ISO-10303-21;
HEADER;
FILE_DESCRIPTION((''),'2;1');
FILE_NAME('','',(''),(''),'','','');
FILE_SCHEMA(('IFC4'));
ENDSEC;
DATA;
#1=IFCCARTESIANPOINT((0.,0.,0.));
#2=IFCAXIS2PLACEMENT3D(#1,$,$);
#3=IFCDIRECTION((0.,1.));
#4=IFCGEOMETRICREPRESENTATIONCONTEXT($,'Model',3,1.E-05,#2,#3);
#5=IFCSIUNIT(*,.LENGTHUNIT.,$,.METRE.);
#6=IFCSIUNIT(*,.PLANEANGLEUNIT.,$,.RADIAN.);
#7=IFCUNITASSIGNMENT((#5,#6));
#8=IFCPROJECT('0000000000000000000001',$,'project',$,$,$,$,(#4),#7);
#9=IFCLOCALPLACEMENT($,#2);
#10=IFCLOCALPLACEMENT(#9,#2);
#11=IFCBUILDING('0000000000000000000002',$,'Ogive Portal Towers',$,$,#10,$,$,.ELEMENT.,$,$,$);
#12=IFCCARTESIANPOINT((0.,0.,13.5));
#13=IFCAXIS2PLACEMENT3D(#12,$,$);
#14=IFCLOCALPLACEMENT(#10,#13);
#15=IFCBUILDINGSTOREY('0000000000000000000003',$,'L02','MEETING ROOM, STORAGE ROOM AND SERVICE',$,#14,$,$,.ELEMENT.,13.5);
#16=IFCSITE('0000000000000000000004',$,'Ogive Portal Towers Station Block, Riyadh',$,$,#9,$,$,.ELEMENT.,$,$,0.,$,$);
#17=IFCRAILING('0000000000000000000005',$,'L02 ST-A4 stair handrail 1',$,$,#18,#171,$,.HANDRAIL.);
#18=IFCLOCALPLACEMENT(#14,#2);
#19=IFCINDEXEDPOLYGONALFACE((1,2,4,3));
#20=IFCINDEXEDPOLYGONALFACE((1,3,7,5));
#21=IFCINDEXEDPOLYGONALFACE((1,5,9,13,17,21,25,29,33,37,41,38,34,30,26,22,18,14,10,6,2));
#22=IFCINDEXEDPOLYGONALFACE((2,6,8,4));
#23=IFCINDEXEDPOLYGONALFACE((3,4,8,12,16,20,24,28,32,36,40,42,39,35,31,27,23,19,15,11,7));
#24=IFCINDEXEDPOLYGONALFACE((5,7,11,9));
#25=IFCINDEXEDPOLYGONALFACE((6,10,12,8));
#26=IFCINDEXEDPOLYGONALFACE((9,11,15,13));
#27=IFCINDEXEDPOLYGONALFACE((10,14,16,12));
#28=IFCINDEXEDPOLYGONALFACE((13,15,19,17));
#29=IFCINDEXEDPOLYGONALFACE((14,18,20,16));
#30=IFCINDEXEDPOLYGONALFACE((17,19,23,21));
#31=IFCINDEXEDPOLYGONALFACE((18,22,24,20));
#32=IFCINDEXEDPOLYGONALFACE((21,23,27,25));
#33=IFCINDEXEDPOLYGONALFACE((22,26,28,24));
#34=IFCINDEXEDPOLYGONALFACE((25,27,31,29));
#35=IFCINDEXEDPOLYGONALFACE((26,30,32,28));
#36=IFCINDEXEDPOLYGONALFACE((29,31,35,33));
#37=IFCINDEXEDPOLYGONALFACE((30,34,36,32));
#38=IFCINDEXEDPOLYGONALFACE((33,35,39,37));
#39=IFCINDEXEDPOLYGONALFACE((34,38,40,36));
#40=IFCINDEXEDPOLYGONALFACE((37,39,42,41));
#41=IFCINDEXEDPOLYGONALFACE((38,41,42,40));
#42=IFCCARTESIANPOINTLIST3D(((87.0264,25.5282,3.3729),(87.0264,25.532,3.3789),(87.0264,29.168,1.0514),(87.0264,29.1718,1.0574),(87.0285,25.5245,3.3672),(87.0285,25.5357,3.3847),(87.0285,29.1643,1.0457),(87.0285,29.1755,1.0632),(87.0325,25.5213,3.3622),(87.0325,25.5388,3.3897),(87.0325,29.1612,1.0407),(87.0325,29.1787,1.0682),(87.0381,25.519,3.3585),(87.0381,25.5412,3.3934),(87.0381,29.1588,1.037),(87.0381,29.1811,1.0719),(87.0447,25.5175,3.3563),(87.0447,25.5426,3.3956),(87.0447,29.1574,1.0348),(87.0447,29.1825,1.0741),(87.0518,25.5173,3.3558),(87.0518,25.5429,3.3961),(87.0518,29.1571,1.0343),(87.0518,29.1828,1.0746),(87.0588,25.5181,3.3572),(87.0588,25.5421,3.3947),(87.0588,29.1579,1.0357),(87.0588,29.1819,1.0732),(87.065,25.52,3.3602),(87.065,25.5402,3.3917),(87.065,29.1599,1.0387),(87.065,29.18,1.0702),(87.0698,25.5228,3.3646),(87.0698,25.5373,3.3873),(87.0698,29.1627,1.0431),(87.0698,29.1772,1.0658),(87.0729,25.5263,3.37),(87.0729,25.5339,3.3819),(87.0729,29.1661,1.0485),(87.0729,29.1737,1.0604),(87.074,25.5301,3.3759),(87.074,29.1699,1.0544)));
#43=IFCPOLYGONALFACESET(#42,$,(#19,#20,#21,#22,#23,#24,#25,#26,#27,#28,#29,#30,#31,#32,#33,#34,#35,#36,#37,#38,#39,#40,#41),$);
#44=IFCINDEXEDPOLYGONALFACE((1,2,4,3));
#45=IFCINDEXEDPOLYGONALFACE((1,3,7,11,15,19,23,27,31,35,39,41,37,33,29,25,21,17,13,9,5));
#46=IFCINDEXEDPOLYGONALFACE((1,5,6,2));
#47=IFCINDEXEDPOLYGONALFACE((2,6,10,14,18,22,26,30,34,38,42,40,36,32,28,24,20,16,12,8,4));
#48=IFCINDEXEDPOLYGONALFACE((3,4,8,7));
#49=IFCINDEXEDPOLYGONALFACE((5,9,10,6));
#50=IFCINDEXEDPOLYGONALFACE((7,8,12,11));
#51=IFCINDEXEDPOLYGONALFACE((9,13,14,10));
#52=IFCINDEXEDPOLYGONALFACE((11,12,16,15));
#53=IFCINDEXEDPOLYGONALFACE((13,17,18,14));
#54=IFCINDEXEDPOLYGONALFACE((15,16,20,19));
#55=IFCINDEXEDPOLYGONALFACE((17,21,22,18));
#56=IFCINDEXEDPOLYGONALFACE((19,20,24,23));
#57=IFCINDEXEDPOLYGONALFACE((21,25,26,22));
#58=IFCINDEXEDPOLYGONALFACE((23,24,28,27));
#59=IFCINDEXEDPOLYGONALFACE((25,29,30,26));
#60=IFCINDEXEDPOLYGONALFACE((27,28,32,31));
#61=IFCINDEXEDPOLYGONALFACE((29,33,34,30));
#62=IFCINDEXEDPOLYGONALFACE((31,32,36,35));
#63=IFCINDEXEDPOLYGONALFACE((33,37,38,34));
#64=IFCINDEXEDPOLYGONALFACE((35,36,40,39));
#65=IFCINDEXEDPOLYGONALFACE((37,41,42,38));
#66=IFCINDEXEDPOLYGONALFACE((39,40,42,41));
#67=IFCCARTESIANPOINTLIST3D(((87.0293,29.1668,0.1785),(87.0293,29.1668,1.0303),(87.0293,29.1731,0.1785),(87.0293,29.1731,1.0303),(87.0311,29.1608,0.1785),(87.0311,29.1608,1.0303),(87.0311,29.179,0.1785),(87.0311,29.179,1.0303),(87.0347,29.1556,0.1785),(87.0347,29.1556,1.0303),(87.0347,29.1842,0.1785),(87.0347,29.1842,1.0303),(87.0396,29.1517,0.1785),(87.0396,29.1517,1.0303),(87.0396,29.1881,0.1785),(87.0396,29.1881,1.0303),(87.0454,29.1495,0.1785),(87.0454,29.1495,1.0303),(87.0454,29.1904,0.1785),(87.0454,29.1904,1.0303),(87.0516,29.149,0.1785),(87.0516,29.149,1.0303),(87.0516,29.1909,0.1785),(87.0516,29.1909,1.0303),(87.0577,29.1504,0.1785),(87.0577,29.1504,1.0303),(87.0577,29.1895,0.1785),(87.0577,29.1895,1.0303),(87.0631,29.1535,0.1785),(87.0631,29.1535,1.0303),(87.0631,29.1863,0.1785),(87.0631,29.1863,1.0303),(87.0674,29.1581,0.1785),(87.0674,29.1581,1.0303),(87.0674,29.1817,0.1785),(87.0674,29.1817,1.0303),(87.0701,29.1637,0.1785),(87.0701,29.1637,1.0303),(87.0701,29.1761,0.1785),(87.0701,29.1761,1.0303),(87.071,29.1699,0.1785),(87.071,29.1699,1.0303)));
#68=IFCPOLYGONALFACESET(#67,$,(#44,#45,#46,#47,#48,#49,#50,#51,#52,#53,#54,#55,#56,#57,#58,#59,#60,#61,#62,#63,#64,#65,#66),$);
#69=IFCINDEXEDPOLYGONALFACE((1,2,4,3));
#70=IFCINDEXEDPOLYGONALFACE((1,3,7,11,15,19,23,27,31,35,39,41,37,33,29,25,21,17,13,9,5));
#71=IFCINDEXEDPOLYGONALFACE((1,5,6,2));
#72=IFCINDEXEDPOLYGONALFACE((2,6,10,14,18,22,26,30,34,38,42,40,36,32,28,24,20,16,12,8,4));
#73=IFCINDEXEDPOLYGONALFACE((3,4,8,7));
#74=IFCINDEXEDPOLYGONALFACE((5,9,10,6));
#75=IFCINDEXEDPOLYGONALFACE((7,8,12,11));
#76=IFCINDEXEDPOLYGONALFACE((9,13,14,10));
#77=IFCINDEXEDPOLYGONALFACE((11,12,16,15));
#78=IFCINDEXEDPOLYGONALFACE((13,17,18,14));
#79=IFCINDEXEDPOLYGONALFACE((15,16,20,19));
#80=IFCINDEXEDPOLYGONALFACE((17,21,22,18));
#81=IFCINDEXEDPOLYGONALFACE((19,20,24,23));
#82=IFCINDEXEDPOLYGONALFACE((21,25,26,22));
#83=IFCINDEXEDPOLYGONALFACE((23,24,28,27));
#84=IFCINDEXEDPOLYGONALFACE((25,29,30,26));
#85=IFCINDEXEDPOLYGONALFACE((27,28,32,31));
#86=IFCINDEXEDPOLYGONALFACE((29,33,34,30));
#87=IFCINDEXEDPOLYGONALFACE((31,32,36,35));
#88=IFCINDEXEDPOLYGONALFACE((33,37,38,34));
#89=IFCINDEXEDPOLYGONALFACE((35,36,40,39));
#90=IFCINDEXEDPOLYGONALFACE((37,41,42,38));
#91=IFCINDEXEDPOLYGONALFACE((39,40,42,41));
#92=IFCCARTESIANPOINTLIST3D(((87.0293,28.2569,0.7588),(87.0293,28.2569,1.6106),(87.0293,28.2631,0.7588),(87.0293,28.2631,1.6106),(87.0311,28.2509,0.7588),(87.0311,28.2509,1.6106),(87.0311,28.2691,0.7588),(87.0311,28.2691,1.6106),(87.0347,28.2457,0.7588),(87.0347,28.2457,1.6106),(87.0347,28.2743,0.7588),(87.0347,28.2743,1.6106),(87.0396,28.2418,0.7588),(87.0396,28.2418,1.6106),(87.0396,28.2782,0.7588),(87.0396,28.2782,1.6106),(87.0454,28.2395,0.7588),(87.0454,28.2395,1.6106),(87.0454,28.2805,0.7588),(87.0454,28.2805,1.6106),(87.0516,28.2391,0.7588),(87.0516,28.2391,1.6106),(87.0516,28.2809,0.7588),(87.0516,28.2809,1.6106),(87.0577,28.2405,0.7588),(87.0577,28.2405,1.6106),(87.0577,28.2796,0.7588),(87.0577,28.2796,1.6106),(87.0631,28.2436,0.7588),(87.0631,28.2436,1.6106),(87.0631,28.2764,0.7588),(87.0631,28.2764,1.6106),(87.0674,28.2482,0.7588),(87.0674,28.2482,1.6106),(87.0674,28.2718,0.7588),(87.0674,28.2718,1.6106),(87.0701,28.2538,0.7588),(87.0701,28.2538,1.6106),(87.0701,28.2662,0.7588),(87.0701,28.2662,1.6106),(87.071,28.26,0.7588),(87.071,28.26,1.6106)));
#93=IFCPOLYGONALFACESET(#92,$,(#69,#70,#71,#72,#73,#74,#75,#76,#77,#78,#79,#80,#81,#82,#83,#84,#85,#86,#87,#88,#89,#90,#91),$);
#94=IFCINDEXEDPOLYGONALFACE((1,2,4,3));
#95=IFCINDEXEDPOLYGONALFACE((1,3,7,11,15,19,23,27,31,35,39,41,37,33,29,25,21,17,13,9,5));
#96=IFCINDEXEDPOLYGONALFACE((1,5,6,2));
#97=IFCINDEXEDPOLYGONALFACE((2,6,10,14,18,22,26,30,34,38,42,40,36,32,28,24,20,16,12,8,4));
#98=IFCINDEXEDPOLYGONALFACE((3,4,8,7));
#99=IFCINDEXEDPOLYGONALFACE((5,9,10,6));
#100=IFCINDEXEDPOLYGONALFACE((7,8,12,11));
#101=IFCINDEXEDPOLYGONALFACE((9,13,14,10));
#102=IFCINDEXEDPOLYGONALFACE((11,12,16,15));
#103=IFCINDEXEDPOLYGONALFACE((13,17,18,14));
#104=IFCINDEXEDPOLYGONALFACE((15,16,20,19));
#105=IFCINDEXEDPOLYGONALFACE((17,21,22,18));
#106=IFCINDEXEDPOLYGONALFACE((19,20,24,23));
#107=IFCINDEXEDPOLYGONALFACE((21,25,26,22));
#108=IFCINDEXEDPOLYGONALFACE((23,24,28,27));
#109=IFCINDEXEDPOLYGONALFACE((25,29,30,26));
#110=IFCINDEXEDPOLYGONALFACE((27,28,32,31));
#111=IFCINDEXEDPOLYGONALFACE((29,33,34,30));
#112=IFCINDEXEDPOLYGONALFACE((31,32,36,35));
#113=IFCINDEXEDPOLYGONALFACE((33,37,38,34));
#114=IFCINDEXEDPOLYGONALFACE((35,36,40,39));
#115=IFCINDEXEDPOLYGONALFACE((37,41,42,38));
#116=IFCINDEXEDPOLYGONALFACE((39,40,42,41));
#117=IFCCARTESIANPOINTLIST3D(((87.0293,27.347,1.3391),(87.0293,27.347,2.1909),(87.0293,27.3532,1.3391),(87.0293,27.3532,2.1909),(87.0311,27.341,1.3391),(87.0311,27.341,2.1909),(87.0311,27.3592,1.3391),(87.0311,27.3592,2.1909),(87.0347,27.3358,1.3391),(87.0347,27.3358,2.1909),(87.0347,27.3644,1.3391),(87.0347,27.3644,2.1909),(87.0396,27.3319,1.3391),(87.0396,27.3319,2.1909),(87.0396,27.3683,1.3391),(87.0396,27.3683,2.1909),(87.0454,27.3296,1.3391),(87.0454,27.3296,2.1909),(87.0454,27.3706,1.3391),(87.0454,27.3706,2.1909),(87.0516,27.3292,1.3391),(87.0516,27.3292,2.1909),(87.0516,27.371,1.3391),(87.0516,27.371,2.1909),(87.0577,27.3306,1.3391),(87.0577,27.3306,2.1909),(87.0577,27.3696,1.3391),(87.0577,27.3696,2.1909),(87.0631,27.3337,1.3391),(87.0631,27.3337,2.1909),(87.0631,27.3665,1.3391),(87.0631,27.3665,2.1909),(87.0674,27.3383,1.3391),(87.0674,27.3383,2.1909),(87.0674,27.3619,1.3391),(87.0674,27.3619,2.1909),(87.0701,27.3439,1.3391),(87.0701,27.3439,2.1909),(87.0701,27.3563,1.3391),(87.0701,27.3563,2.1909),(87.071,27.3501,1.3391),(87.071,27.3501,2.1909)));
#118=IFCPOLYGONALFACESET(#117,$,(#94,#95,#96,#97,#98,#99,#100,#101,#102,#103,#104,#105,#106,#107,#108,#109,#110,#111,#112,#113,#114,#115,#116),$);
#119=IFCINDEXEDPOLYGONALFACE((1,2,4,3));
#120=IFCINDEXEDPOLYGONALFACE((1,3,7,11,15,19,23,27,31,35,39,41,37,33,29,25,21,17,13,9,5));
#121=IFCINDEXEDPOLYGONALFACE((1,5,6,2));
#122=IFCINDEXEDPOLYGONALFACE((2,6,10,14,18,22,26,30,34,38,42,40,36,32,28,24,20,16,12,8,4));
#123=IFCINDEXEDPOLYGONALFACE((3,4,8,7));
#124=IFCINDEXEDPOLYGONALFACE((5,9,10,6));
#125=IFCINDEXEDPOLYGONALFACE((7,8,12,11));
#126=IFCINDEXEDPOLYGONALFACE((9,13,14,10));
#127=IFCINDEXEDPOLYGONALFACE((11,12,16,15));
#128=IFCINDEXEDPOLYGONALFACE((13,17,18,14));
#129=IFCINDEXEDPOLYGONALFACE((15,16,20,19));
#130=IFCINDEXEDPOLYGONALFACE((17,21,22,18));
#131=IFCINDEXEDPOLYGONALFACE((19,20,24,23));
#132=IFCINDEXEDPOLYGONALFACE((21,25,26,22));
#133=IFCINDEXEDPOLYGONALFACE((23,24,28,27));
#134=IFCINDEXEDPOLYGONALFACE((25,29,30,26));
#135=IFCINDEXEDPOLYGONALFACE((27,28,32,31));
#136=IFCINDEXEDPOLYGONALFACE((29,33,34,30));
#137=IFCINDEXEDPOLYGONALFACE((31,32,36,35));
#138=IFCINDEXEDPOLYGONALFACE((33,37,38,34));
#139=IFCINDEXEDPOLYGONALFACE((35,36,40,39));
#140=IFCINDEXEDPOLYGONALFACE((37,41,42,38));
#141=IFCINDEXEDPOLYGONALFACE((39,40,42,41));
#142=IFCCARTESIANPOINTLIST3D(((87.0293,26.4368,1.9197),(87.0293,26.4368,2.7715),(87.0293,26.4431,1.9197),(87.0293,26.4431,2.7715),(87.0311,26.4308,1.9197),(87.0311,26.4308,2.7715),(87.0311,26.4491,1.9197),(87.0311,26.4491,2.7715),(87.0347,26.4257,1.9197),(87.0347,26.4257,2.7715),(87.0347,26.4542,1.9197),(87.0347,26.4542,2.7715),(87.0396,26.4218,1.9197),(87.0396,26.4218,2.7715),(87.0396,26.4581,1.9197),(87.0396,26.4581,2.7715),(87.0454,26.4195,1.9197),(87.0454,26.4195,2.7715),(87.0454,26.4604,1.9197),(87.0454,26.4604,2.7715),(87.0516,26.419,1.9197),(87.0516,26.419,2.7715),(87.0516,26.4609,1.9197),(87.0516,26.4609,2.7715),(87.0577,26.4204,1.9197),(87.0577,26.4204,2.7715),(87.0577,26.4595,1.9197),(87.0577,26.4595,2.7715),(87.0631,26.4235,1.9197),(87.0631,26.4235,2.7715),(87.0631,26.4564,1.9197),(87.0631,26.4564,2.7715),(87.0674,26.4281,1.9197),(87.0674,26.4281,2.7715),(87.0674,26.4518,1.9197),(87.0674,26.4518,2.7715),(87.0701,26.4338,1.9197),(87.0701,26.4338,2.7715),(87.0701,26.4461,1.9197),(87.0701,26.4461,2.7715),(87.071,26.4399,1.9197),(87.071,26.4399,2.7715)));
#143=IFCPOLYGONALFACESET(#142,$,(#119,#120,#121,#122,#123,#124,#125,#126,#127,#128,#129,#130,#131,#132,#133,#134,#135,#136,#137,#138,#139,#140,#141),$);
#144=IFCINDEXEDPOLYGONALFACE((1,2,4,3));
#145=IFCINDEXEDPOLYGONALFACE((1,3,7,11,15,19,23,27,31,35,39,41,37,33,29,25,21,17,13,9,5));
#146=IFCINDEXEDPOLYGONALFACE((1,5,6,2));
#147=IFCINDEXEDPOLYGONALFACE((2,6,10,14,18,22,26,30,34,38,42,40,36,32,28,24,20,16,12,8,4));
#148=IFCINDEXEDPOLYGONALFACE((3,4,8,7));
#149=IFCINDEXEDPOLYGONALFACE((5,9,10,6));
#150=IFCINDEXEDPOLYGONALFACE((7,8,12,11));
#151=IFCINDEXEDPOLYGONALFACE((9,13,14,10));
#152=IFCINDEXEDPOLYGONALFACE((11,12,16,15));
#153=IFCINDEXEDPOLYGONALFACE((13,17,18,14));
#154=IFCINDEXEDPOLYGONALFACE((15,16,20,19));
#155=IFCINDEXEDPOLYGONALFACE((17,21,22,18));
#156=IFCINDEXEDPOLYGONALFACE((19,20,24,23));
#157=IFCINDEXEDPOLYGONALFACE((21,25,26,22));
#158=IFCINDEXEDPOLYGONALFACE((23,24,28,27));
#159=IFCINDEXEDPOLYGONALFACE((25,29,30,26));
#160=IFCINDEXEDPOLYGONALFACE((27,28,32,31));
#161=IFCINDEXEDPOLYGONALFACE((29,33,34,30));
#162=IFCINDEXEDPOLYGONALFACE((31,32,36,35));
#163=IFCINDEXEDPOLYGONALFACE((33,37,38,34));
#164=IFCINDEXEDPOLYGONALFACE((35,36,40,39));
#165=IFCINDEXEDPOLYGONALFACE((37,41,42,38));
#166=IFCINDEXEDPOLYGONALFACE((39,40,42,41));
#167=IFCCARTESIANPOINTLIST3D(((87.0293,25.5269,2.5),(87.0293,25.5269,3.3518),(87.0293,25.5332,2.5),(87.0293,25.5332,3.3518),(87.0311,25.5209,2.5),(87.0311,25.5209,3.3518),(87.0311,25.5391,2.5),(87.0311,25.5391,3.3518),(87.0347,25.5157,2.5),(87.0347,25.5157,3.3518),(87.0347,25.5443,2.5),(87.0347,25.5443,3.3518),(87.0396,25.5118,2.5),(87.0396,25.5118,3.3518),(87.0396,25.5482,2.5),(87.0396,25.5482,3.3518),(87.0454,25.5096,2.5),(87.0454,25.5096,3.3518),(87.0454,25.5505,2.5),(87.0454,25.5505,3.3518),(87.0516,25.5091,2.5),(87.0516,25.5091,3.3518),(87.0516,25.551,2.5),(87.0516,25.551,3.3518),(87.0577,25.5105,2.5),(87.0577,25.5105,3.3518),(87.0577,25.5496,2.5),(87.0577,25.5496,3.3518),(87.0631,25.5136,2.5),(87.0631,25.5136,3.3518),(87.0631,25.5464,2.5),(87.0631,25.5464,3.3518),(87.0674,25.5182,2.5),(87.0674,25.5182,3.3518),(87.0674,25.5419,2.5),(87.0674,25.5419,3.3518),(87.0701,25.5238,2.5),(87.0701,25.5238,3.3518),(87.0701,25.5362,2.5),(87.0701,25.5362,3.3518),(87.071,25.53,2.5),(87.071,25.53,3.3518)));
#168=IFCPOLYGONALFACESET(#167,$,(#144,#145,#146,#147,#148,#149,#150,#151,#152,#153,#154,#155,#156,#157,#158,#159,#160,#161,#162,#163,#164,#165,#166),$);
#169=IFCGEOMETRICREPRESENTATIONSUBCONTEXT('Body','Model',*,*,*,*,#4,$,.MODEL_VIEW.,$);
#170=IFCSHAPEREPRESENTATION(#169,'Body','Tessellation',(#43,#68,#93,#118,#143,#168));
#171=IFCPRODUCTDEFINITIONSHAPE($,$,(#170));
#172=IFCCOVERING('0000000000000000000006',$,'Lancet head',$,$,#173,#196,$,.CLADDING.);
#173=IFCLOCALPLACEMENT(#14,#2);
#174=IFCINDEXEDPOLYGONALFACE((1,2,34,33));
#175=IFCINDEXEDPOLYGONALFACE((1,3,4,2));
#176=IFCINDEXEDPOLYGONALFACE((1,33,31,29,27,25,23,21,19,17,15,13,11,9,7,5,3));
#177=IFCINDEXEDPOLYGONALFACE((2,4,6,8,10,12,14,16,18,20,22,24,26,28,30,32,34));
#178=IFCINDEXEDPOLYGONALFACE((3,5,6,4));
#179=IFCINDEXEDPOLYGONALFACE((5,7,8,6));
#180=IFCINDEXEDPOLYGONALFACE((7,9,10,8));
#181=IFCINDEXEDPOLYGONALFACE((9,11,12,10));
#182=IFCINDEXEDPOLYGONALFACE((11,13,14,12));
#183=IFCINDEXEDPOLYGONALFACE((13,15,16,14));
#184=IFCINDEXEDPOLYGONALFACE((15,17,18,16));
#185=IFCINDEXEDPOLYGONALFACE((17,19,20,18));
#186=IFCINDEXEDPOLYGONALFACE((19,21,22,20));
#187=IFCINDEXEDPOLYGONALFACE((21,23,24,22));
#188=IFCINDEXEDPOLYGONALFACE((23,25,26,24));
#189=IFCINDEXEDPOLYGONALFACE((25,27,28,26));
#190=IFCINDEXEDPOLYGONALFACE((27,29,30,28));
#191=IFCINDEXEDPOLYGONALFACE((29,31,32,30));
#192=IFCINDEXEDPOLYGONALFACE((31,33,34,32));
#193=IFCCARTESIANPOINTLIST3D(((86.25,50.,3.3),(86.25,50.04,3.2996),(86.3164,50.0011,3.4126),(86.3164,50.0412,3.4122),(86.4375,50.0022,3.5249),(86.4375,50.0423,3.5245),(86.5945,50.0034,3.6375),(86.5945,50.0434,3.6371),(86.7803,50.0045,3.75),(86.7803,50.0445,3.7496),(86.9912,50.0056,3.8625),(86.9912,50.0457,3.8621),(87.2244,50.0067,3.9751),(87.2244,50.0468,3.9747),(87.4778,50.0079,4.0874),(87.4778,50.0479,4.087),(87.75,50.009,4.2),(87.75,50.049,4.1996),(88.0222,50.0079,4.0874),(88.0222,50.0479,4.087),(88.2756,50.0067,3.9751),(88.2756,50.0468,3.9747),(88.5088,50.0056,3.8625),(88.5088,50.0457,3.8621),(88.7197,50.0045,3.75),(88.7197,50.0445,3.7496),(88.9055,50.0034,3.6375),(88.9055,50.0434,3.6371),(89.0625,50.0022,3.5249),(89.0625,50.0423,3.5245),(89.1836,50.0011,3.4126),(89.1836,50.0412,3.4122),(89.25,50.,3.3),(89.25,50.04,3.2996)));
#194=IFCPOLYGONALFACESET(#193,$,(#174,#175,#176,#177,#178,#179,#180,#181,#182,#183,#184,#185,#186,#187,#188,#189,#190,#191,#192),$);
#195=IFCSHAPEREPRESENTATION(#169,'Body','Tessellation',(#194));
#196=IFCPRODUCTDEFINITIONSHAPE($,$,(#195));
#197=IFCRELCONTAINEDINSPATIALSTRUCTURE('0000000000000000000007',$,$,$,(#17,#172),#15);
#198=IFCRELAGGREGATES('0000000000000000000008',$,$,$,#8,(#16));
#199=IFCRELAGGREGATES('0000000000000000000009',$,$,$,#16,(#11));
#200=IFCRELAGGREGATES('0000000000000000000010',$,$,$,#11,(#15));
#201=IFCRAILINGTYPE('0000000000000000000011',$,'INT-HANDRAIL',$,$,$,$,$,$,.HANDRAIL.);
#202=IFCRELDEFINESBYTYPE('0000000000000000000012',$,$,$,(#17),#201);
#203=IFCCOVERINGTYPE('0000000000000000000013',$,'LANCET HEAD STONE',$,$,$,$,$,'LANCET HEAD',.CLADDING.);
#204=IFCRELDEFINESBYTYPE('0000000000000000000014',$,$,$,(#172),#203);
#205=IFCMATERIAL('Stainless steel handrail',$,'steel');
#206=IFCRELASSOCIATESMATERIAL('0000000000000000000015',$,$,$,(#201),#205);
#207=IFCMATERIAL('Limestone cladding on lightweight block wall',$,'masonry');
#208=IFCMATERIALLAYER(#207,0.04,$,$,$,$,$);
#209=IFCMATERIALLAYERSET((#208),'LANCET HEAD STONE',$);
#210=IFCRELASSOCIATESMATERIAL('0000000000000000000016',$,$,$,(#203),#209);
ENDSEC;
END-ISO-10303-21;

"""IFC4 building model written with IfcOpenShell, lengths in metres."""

from ifc_helpers import new_model, si_unit, direction, frame, origin, origin_2d, place, context, subcontext, project, spatial, polyline, circle, outline, extrude, material, layer, layer_set, type_object, element, save


model = new_model("IFC4")

# Units and contexts
model_context = context("Model", 3, precision=1e-05, world=origin(), true_north=direction((0.0, 1.0)))
body_context = subcontext(model_context, "Body", "Model", "MODEL_VIEW")
ifc_project = project(units=[si_unit("LENGTHUNIT", "METRE"), si_unit("PLANEANGLEUNIT", "RADIAN")], contexts=[model_context])

# Site, building, storey
site_placement = place(None, origin())
site = spatial("IfcSite", under=ifc_project, at=site_placement, Name="Ogive Portal Towers Station Block, Riyadh", CompositionType="ELEMENT", RefElevation=0.0)
building_placement = place(site_placement, origin())
building = spatial("IfcBuilding", under=site, at=building_placement, Name="Ogive Portal Towers", CompositionType="ELEMENT")
storey_placement = place(building_placement, frame((0.0, 0.0, 13.5)))
storey = spatial("IfcBuildingStorey", under=building, at=storey_placement, Name="L02", Description="MEETING ROOM, STORAGE ROOM AND SERVICE", CompositionType="ELEMENT", Elevation=13.5)

# Railing
ifc_material_1 = material(Name="Stainless steel handrail", Category="steel")
railing_type_1 = type_object("IfcRailingType", Name="INT-HANDRAIL", PredefinedType="HANDRAIL", material=ifc_material_1)
railing_1_placement = place(storey_placement, frame((87.05, 29.1699, 0.1785)))
element("IfcRailing", 1, at=railing_1_placement, inside=storey, type_object=railing_type_1, Name="L02 ST-A4 stair handrail 1", PredefinedType="HANDRAIL", context=body_context, shape_type="SweptSolid", body=[
    extrude(circle(Radius=0.0239, at=origin_2d()), frame((0.0, 0.0, 0.876), z_axis=(0.0, -0.843112, 0.537739), x_axis=(1.0, 0.0, 0.0)), (0.0, 0.0, 1.0), 4.3171),
    extrude(circle(Radius=0.021, at=origin_2d()), origin(), (0.0, 0.0, 1.0), 0.8518),
    extrude(circle(Radius=0.021, at=origin_2d()), frame((0.0, -0.9099, 0.5803)), (0.0, 0.0, 1.0), 0.8518),
    extrude(circle(Radius=0.021, at=origin_2d()), frame((0.0, -1.8198, 1.1606)), (0.0, 0.0, 1.0), 0.8518),
    extrude(circle(Radius=0.021, at=origin_2d()), frame((0.0, -2.73, 1.7412)), (0.0, 0.0, 1.0), 0.8518),
    extrude(circle(Radius=0.021, at=origin_2d()), frame((0.0, -3.6399, 2.3215)), (0.0, 0.0, 1.0), 0.8518),
])

# Covering
ifc_material_2 = material(Name="Limestone cladding on lightweight block wall", Category="masonry")
ifc_layer_1 = layer(ifc_material_2, 0.04)
ifc_layer_set_1 = layer_set([ifc_layer_1], Name="LANCET HEAD STONE")
covering_type_1 = type_object("IfcCoveringType", Name="LANCET HEAD STONE", ElementType="LANCET HEAD", PredefinedType="CLADDING", material=ifc_layer_set_1)
for number, where, z_axis, x_axis, name in (
    (2, (89.25, 50.0, 3.3), (0.0, -0.99995, 0.009994), (-1.0, 0.0, 0.0), "Lancet head"),
):
    element("IfcCovering", number, at=place(storey_placement, frame(where, z_axis=z_axis, x_axis=x_axis)), inside=storey, type_object=covering_type_1, Name=name, PredefinedType="CLADDING", context=body_context, shape_type="SweptSolid", body=[
        extrude(outline(polyline([(0.0, 0.0), (3.0, 0.0), (2.9336, -0.1126), (2.8125, -0.2249), (2.6555, -0.3374), (2.4697, -0.45), (2.2588, -0.5625), (2.0256, -0.6751), (1.7722, -0.7874), (1.5, -0.8999), (1.2278, -0.7874), (0.9744, -0.6751), (0.7412, -0.5625), (0.5303, -0.45), (0.3445, -0.3374), (0.1875, -0.2249), (0.0664, -0.1126), (0.0, 0.0)])), origin(), (0.0, 0.0, -1.0), 0.04),
    ])

save(model, "model.ifc")
